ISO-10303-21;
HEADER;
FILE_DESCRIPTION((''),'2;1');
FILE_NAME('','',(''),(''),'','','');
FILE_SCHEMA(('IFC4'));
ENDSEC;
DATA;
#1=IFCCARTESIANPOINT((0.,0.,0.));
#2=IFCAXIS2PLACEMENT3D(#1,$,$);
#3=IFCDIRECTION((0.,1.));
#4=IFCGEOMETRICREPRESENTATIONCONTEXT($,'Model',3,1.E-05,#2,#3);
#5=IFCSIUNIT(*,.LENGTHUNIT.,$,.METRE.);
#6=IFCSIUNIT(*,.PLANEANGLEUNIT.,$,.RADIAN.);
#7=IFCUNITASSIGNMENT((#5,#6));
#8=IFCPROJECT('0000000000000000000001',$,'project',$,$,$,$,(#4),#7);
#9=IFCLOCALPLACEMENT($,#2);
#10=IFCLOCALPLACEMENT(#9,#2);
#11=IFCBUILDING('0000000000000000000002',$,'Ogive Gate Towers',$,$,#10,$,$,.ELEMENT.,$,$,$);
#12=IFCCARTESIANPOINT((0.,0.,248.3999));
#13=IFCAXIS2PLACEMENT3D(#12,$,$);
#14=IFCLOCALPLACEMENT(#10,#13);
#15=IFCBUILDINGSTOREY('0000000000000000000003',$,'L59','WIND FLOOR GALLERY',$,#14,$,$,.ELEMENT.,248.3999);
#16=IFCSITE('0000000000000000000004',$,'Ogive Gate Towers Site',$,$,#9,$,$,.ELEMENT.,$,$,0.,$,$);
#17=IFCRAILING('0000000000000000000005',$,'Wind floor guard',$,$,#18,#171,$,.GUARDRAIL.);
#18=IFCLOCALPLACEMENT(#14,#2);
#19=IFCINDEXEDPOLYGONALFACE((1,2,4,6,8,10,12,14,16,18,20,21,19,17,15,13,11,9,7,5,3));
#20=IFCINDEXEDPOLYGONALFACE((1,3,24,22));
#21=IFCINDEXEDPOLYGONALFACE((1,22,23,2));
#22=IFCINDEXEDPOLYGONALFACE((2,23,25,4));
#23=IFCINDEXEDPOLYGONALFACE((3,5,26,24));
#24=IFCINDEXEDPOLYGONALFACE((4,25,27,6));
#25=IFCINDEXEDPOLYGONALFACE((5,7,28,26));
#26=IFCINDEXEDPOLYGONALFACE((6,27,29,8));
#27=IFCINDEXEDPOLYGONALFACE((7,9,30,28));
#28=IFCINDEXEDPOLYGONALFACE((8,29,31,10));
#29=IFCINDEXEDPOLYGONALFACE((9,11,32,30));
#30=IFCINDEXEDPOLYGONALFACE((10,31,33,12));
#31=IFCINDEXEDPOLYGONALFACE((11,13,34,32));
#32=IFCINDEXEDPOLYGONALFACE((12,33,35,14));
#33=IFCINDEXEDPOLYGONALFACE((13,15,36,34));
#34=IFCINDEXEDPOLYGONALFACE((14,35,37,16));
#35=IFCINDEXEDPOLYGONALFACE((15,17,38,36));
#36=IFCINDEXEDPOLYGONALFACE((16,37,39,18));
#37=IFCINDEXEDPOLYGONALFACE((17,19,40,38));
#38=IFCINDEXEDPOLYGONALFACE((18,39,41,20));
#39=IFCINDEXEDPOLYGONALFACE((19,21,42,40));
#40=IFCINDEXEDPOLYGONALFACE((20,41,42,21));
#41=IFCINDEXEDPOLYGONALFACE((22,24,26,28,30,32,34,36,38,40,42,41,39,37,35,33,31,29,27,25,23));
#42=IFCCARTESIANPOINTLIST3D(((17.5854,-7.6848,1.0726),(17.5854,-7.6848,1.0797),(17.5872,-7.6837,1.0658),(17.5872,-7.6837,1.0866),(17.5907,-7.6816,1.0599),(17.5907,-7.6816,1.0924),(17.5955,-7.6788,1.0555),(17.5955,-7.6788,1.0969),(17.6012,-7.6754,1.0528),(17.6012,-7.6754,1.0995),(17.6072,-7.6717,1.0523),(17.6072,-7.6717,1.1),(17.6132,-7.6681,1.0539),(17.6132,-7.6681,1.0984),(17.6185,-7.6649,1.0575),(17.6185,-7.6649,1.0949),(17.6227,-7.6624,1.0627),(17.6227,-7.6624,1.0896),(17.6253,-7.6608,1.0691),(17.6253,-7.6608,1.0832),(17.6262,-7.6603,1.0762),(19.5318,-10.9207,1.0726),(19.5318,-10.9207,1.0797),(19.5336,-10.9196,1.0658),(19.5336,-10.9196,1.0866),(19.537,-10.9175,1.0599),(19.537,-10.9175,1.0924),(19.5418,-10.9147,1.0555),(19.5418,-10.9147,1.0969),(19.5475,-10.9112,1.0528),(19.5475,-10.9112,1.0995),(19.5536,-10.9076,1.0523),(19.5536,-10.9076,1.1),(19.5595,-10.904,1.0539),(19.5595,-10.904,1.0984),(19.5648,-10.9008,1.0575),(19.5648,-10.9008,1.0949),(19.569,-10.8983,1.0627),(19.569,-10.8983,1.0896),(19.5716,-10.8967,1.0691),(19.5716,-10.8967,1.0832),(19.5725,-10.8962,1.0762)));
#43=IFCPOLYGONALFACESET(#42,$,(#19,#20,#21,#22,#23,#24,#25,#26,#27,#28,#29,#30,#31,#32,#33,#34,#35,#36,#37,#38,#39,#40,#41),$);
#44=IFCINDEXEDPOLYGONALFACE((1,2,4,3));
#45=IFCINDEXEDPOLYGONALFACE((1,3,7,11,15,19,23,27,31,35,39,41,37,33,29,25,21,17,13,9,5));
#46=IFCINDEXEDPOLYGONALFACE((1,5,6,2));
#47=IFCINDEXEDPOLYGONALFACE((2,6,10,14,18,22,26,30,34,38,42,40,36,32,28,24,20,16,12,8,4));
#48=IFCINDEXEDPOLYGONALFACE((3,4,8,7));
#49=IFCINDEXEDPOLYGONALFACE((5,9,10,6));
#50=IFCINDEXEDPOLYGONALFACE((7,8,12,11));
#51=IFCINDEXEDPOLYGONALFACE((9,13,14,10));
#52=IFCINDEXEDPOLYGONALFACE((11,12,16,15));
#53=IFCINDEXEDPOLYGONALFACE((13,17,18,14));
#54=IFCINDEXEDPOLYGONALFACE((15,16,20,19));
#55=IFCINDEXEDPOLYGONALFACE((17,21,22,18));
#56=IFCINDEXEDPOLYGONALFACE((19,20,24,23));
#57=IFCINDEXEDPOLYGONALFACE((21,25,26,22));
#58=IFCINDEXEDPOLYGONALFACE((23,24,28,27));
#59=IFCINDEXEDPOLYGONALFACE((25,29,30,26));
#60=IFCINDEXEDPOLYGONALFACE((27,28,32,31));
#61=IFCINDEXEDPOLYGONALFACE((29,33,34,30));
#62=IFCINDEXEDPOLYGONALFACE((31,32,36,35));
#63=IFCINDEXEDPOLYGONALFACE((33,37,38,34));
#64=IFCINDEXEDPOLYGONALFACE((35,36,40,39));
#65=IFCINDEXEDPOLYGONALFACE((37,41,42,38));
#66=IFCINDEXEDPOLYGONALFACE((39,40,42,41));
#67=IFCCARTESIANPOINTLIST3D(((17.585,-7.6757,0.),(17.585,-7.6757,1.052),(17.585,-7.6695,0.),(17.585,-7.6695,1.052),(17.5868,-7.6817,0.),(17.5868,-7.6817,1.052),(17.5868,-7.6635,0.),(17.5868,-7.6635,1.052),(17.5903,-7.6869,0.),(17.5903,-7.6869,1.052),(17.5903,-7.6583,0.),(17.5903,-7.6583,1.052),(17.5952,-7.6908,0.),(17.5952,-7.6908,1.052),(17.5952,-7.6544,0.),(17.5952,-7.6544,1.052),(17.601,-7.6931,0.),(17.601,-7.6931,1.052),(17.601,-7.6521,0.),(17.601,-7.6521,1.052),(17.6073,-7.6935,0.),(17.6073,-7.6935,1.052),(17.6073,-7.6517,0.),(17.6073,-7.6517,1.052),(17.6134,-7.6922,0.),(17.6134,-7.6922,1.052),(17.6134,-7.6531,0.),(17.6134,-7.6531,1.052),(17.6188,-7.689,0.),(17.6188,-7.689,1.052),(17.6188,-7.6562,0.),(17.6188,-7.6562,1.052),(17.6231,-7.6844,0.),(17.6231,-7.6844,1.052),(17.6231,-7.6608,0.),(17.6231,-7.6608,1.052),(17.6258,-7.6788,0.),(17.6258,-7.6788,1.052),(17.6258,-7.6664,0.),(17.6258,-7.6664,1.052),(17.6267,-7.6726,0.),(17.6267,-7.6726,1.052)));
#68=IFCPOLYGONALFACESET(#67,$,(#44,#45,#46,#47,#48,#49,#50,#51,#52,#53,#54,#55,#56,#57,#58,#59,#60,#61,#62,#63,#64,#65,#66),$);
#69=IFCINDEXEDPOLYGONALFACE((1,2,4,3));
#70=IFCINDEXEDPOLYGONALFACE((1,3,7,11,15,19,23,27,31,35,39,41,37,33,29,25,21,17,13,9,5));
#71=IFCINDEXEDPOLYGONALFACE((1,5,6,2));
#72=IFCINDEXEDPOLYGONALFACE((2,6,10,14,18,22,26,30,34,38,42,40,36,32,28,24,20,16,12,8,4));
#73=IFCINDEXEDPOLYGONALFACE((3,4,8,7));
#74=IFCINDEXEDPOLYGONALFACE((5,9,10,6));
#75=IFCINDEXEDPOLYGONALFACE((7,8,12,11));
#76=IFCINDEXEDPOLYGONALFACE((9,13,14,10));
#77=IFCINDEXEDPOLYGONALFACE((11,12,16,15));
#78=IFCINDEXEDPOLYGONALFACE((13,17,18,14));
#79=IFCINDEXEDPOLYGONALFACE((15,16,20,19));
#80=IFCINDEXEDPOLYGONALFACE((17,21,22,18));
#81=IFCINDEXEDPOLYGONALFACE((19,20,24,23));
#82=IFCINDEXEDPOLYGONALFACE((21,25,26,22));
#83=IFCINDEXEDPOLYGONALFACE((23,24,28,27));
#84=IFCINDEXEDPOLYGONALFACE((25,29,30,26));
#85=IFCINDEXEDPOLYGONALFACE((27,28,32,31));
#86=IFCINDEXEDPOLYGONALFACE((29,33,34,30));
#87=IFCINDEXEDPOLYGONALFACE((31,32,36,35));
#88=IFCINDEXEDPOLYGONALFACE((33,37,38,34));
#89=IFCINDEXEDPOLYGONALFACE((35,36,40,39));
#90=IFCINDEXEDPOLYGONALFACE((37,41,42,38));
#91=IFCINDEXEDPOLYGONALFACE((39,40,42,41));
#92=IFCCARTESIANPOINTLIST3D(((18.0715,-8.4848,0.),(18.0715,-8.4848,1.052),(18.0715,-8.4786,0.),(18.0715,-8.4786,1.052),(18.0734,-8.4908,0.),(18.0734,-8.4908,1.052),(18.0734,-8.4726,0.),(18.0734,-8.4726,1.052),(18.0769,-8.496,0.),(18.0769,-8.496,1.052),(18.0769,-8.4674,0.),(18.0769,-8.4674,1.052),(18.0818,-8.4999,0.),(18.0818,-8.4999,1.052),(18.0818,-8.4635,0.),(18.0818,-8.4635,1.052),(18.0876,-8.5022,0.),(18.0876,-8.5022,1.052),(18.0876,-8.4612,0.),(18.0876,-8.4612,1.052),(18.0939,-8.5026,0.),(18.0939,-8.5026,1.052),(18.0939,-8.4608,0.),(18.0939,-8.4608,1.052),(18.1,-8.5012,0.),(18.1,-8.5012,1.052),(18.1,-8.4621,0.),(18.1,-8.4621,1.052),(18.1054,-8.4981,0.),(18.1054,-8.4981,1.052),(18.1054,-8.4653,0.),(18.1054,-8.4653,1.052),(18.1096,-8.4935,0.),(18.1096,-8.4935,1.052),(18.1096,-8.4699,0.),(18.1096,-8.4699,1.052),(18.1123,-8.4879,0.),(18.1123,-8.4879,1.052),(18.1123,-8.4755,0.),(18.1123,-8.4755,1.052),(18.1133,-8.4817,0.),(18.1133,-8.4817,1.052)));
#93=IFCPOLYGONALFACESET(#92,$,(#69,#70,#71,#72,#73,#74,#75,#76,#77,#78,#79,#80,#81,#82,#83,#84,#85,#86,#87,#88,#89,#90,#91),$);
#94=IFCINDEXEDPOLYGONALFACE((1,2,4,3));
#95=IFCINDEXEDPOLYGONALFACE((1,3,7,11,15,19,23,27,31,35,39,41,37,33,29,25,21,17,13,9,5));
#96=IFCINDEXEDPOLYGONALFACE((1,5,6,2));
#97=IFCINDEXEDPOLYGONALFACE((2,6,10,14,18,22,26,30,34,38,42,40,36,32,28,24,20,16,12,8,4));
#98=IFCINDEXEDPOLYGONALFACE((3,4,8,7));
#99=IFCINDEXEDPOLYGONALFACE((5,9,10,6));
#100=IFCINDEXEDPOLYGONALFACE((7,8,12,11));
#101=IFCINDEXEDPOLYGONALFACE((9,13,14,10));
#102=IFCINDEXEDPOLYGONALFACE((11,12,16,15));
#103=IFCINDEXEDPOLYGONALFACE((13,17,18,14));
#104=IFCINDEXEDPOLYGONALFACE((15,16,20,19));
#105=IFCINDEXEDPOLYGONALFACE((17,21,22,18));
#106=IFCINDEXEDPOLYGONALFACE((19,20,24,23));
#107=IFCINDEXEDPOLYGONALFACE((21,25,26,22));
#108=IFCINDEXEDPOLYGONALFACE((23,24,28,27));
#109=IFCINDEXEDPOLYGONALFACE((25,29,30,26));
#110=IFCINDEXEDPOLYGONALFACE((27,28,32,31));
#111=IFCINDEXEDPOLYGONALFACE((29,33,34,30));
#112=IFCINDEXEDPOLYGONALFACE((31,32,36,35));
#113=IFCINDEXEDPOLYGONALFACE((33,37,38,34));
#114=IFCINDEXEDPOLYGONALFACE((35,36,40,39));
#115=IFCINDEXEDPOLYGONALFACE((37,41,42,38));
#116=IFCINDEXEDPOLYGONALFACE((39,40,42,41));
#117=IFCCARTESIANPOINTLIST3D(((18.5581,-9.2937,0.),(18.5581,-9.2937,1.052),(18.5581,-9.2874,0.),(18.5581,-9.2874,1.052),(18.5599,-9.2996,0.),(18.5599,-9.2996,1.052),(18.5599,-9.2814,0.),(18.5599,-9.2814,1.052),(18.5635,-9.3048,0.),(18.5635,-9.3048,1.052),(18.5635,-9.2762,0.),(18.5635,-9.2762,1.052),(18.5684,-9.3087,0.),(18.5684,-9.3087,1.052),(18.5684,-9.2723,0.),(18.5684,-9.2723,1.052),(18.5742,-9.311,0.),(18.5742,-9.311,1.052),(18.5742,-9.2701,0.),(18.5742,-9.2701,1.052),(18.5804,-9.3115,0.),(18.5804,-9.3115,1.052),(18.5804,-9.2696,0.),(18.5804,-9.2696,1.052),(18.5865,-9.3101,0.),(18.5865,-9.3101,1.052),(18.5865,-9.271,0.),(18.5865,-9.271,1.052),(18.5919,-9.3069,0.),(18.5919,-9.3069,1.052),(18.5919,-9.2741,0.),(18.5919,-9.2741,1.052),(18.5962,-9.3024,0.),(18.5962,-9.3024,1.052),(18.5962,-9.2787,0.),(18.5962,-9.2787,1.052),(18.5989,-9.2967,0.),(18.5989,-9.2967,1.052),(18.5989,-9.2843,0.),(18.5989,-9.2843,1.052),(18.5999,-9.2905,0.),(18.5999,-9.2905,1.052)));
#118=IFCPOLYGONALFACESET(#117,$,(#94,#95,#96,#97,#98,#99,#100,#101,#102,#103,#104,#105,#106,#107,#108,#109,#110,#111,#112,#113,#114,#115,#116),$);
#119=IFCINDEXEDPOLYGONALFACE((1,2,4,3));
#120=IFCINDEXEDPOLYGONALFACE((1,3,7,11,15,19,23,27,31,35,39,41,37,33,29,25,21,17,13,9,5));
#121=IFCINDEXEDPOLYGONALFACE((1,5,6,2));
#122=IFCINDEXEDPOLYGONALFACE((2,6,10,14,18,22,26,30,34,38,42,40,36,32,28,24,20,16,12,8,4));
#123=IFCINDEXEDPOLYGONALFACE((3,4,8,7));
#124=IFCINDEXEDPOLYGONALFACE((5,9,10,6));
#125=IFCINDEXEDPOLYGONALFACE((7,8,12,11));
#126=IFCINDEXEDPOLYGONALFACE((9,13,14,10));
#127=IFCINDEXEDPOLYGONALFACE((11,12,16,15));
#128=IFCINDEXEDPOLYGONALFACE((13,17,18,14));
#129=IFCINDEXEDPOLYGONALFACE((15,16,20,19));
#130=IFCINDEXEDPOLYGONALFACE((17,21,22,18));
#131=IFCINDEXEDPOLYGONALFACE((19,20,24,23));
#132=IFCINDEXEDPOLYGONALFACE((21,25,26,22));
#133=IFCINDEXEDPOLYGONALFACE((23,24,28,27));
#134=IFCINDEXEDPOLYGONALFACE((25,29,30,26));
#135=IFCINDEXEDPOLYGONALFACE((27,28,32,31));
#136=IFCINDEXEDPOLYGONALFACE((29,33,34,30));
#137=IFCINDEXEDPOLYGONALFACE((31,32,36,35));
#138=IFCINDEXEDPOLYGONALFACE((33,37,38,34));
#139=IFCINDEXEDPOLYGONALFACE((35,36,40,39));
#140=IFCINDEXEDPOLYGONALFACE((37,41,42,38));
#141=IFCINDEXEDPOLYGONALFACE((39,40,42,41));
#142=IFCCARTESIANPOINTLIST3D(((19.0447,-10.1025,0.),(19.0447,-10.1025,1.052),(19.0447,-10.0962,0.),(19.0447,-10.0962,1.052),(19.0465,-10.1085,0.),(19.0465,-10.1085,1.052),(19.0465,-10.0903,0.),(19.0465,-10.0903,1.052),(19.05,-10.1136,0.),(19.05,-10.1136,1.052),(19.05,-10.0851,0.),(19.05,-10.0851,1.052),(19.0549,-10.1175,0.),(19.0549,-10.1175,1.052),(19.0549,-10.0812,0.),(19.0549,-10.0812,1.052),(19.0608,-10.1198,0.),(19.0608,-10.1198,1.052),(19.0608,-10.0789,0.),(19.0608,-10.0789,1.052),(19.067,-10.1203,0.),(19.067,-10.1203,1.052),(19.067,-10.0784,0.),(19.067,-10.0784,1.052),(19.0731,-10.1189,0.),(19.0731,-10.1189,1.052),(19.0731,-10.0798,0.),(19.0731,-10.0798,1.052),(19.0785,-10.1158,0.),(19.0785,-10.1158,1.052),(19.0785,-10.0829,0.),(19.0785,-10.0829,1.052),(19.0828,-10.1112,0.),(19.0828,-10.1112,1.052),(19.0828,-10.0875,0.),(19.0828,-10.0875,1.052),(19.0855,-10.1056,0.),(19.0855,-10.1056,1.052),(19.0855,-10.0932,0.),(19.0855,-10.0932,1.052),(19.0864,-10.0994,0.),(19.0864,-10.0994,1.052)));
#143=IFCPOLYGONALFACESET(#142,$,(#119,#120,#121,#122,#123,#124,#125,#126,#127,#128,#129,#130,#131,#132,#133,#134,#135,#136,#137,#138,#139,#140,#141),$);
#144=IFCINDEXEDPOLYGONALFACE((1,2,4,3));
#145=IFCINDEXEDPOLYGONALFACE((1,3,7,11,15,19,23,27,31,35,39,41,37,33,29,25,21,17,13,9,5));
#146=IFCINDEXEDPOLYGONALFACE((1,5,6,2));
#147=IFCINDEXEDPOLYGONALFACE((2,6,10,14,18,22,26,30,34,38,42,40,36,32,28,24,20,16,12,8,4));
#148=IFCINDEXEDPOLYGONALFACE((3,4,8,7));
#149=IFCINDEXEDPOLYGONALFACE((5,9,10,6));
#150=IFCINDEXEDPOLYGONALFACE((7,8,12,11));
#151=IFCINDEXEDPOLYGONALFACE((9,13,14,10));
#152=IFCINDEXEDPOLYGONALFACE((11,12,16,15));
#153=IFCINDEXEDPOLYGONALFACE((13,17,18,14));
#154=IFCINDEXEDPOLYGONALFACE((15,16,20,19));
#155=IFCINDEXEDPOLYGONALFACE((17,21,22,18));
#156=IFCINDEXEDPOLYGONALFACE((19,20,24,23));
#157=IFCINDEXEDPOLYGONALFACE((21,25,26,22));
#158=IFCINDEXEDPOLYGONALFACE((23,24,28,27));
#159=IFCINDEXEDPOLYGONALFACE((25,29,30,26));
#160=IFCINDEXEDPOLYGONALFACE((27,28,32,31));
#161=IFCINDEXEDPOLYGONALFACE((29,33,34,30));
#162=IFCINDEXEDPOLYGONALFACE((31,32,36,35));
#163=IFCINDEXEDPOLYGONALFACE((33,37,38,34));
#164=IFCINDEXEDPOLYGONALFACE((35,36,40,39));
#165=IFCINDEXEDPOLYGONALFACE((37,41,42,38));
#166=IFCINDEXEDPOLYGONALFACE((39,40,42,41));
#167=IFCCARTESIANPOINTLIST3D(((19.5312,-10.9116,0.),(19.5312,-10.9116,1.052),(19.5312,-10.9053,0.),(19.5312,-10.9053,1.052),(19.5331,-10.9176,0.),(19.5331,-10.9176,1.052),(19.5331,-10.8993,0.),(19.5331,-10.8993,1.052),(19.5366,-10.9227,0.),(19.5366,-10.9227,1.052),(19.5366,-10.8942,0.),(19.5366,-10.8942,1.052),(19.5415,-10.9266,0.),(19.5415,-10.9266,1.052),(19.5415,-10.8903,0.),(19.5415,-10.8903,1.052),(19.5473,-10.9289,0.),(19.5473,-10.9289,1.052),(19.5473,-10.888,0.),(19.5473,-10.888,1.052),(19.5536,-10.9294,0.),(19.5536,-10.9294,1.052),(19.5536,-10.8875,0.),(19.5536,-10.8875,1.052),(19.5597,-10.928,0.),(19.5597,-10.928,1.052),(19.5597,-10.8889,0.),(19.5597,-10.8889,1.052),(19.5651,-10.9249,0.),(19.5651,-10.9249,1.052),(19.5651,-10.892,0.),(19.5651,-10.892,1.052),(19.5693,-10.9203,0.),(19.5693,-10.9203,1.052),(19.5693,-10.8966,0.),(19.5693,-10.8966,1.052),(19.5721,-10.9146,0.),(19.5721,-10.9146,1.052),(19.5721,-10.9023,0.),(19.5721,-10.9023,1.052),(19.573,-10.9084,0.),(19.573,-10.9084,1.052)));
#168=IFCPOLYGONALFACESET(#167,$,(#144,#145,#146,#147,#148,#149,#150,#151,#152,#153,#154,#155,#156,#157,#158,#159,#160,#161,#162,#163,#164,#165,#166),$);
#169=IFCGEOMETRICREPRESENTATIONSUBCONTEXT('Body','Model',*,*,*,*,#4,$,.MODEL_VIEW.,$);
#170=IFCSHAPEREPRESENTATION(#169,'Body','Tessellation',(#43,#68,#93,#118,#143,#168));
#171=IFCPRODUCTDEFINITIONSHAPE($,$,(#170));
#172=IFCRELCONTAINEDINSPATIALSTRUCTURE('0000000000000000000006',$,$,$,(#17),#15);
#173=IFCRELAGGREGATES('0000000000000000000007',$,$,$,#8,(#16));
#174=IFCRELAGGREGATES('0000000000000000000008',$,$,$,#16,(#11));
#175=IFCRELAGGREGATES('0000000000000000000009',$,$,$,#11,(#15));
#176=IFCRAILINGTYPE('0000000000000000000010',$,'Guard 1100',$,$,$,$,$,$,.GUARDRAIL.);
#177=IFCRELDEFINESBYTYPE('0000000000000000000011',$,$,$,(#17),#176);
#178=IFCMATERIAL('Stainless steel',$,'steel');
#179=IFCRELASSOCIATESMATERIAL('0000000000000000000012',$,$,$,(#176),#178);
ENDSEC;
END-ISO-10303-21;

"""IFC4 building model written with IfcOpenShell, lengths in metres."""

from ifc_helpers import new_model, si_unit, direction, frame, origin, origin_2d, place, context, subcontext, project, spatial, circle, extrude, material, type_object, element, save


model = new_model("IFC4")

# Units and contexts
model_context = context("Model", 3, precision=1e-05, world=origin(), true_north=direction((0.0, 1.0)))
body_context = subcontext(model_context, "Body", "Model", "MODEL_VIEW")
ifc_project = project(units=[si_unit("LENGTHUNIT", "METRE"), si_unit("PLANEANGLEUNIT", "RADIAN")], contexts=[model_context])

# Site, building, storey
site_placement = place(None, origin())
site = spatial("IfcSite", under=ifc_project, at=site_placement, Name="Ogive Gate Towers Site", CompositionType="ELEMENT", RefElevation=0.0)
building_placement = place(site_placement, origin())
building = spatial("IfcBuilding", under=site, at=building_placement, Name="Ogive Gate Towers", CompositionType="ELEMENT")
storey_placement = place(building_placement, frame((0.0, 0.0, 248.3999)))
storey = spatial("IfcBuildingStorey", under=building, at=storey_placement, Name="L59", Description="WIND FLOOR GALLERY", CompositionType="ELEMENT", Elevation=248.3999)

# Railing
ifc_material_1 = material(Name="Stainless steel", Category="steel")
railing_type = type_object("IfcRailingType", Name="Guard 1100", PredefinedType="GUARDRAIL", material=ifc_material_1)
railing_1_placement = place(storey_placement, frame((17.6057, -7.6726, 0.0)))
element("IfcRailing", 1, at=railing_1_placement, inside=storey, type_object=railing_type, Name="Wind floor guard", PredefinedType="GUARDRAIL", context=body_context, shape_type="SweptSolid", body=[
    extrude(circle(Radius=0.0239, at=origin_2d()), frame((0.0, 0.0, 1.0762), z_axis=(0.515427, -0.856933, 0.0), x_axis=(0.856933, 0.515427, 0.0)), (0.0, 0.0, 1.0), 3.7761),
    extrude(circle(Radius=0.021, at=origin_2d()), origin(), (0.0, 0.0, 1.0), 1.052),
    extrude(circle(Radius=0.021, at=origin_2d()), frame((0.4866, -0.8091, 0.0)), (0.0, 0.0, 1.0), 1.052),
    extrude(circle(Radius=0.021, at=origin_2d()), frame((0.9731, -1.6179, 0.0)), (0.0, 0.0, 1.0), 1.052),
    extrude(circle(Radius=0.021, at=origin_2d()), frame((1.4597, -2.4268, 0.0)), (0.0, 0.0, 1.0), 1.052),
    extrude(circle(Radius=0.021, at=origin_2d()), frame((1.9463, -3.2358, 0.0)), (0.0, 0.0, 1.0), 1.052),
])

save(model, "model.ifc")
